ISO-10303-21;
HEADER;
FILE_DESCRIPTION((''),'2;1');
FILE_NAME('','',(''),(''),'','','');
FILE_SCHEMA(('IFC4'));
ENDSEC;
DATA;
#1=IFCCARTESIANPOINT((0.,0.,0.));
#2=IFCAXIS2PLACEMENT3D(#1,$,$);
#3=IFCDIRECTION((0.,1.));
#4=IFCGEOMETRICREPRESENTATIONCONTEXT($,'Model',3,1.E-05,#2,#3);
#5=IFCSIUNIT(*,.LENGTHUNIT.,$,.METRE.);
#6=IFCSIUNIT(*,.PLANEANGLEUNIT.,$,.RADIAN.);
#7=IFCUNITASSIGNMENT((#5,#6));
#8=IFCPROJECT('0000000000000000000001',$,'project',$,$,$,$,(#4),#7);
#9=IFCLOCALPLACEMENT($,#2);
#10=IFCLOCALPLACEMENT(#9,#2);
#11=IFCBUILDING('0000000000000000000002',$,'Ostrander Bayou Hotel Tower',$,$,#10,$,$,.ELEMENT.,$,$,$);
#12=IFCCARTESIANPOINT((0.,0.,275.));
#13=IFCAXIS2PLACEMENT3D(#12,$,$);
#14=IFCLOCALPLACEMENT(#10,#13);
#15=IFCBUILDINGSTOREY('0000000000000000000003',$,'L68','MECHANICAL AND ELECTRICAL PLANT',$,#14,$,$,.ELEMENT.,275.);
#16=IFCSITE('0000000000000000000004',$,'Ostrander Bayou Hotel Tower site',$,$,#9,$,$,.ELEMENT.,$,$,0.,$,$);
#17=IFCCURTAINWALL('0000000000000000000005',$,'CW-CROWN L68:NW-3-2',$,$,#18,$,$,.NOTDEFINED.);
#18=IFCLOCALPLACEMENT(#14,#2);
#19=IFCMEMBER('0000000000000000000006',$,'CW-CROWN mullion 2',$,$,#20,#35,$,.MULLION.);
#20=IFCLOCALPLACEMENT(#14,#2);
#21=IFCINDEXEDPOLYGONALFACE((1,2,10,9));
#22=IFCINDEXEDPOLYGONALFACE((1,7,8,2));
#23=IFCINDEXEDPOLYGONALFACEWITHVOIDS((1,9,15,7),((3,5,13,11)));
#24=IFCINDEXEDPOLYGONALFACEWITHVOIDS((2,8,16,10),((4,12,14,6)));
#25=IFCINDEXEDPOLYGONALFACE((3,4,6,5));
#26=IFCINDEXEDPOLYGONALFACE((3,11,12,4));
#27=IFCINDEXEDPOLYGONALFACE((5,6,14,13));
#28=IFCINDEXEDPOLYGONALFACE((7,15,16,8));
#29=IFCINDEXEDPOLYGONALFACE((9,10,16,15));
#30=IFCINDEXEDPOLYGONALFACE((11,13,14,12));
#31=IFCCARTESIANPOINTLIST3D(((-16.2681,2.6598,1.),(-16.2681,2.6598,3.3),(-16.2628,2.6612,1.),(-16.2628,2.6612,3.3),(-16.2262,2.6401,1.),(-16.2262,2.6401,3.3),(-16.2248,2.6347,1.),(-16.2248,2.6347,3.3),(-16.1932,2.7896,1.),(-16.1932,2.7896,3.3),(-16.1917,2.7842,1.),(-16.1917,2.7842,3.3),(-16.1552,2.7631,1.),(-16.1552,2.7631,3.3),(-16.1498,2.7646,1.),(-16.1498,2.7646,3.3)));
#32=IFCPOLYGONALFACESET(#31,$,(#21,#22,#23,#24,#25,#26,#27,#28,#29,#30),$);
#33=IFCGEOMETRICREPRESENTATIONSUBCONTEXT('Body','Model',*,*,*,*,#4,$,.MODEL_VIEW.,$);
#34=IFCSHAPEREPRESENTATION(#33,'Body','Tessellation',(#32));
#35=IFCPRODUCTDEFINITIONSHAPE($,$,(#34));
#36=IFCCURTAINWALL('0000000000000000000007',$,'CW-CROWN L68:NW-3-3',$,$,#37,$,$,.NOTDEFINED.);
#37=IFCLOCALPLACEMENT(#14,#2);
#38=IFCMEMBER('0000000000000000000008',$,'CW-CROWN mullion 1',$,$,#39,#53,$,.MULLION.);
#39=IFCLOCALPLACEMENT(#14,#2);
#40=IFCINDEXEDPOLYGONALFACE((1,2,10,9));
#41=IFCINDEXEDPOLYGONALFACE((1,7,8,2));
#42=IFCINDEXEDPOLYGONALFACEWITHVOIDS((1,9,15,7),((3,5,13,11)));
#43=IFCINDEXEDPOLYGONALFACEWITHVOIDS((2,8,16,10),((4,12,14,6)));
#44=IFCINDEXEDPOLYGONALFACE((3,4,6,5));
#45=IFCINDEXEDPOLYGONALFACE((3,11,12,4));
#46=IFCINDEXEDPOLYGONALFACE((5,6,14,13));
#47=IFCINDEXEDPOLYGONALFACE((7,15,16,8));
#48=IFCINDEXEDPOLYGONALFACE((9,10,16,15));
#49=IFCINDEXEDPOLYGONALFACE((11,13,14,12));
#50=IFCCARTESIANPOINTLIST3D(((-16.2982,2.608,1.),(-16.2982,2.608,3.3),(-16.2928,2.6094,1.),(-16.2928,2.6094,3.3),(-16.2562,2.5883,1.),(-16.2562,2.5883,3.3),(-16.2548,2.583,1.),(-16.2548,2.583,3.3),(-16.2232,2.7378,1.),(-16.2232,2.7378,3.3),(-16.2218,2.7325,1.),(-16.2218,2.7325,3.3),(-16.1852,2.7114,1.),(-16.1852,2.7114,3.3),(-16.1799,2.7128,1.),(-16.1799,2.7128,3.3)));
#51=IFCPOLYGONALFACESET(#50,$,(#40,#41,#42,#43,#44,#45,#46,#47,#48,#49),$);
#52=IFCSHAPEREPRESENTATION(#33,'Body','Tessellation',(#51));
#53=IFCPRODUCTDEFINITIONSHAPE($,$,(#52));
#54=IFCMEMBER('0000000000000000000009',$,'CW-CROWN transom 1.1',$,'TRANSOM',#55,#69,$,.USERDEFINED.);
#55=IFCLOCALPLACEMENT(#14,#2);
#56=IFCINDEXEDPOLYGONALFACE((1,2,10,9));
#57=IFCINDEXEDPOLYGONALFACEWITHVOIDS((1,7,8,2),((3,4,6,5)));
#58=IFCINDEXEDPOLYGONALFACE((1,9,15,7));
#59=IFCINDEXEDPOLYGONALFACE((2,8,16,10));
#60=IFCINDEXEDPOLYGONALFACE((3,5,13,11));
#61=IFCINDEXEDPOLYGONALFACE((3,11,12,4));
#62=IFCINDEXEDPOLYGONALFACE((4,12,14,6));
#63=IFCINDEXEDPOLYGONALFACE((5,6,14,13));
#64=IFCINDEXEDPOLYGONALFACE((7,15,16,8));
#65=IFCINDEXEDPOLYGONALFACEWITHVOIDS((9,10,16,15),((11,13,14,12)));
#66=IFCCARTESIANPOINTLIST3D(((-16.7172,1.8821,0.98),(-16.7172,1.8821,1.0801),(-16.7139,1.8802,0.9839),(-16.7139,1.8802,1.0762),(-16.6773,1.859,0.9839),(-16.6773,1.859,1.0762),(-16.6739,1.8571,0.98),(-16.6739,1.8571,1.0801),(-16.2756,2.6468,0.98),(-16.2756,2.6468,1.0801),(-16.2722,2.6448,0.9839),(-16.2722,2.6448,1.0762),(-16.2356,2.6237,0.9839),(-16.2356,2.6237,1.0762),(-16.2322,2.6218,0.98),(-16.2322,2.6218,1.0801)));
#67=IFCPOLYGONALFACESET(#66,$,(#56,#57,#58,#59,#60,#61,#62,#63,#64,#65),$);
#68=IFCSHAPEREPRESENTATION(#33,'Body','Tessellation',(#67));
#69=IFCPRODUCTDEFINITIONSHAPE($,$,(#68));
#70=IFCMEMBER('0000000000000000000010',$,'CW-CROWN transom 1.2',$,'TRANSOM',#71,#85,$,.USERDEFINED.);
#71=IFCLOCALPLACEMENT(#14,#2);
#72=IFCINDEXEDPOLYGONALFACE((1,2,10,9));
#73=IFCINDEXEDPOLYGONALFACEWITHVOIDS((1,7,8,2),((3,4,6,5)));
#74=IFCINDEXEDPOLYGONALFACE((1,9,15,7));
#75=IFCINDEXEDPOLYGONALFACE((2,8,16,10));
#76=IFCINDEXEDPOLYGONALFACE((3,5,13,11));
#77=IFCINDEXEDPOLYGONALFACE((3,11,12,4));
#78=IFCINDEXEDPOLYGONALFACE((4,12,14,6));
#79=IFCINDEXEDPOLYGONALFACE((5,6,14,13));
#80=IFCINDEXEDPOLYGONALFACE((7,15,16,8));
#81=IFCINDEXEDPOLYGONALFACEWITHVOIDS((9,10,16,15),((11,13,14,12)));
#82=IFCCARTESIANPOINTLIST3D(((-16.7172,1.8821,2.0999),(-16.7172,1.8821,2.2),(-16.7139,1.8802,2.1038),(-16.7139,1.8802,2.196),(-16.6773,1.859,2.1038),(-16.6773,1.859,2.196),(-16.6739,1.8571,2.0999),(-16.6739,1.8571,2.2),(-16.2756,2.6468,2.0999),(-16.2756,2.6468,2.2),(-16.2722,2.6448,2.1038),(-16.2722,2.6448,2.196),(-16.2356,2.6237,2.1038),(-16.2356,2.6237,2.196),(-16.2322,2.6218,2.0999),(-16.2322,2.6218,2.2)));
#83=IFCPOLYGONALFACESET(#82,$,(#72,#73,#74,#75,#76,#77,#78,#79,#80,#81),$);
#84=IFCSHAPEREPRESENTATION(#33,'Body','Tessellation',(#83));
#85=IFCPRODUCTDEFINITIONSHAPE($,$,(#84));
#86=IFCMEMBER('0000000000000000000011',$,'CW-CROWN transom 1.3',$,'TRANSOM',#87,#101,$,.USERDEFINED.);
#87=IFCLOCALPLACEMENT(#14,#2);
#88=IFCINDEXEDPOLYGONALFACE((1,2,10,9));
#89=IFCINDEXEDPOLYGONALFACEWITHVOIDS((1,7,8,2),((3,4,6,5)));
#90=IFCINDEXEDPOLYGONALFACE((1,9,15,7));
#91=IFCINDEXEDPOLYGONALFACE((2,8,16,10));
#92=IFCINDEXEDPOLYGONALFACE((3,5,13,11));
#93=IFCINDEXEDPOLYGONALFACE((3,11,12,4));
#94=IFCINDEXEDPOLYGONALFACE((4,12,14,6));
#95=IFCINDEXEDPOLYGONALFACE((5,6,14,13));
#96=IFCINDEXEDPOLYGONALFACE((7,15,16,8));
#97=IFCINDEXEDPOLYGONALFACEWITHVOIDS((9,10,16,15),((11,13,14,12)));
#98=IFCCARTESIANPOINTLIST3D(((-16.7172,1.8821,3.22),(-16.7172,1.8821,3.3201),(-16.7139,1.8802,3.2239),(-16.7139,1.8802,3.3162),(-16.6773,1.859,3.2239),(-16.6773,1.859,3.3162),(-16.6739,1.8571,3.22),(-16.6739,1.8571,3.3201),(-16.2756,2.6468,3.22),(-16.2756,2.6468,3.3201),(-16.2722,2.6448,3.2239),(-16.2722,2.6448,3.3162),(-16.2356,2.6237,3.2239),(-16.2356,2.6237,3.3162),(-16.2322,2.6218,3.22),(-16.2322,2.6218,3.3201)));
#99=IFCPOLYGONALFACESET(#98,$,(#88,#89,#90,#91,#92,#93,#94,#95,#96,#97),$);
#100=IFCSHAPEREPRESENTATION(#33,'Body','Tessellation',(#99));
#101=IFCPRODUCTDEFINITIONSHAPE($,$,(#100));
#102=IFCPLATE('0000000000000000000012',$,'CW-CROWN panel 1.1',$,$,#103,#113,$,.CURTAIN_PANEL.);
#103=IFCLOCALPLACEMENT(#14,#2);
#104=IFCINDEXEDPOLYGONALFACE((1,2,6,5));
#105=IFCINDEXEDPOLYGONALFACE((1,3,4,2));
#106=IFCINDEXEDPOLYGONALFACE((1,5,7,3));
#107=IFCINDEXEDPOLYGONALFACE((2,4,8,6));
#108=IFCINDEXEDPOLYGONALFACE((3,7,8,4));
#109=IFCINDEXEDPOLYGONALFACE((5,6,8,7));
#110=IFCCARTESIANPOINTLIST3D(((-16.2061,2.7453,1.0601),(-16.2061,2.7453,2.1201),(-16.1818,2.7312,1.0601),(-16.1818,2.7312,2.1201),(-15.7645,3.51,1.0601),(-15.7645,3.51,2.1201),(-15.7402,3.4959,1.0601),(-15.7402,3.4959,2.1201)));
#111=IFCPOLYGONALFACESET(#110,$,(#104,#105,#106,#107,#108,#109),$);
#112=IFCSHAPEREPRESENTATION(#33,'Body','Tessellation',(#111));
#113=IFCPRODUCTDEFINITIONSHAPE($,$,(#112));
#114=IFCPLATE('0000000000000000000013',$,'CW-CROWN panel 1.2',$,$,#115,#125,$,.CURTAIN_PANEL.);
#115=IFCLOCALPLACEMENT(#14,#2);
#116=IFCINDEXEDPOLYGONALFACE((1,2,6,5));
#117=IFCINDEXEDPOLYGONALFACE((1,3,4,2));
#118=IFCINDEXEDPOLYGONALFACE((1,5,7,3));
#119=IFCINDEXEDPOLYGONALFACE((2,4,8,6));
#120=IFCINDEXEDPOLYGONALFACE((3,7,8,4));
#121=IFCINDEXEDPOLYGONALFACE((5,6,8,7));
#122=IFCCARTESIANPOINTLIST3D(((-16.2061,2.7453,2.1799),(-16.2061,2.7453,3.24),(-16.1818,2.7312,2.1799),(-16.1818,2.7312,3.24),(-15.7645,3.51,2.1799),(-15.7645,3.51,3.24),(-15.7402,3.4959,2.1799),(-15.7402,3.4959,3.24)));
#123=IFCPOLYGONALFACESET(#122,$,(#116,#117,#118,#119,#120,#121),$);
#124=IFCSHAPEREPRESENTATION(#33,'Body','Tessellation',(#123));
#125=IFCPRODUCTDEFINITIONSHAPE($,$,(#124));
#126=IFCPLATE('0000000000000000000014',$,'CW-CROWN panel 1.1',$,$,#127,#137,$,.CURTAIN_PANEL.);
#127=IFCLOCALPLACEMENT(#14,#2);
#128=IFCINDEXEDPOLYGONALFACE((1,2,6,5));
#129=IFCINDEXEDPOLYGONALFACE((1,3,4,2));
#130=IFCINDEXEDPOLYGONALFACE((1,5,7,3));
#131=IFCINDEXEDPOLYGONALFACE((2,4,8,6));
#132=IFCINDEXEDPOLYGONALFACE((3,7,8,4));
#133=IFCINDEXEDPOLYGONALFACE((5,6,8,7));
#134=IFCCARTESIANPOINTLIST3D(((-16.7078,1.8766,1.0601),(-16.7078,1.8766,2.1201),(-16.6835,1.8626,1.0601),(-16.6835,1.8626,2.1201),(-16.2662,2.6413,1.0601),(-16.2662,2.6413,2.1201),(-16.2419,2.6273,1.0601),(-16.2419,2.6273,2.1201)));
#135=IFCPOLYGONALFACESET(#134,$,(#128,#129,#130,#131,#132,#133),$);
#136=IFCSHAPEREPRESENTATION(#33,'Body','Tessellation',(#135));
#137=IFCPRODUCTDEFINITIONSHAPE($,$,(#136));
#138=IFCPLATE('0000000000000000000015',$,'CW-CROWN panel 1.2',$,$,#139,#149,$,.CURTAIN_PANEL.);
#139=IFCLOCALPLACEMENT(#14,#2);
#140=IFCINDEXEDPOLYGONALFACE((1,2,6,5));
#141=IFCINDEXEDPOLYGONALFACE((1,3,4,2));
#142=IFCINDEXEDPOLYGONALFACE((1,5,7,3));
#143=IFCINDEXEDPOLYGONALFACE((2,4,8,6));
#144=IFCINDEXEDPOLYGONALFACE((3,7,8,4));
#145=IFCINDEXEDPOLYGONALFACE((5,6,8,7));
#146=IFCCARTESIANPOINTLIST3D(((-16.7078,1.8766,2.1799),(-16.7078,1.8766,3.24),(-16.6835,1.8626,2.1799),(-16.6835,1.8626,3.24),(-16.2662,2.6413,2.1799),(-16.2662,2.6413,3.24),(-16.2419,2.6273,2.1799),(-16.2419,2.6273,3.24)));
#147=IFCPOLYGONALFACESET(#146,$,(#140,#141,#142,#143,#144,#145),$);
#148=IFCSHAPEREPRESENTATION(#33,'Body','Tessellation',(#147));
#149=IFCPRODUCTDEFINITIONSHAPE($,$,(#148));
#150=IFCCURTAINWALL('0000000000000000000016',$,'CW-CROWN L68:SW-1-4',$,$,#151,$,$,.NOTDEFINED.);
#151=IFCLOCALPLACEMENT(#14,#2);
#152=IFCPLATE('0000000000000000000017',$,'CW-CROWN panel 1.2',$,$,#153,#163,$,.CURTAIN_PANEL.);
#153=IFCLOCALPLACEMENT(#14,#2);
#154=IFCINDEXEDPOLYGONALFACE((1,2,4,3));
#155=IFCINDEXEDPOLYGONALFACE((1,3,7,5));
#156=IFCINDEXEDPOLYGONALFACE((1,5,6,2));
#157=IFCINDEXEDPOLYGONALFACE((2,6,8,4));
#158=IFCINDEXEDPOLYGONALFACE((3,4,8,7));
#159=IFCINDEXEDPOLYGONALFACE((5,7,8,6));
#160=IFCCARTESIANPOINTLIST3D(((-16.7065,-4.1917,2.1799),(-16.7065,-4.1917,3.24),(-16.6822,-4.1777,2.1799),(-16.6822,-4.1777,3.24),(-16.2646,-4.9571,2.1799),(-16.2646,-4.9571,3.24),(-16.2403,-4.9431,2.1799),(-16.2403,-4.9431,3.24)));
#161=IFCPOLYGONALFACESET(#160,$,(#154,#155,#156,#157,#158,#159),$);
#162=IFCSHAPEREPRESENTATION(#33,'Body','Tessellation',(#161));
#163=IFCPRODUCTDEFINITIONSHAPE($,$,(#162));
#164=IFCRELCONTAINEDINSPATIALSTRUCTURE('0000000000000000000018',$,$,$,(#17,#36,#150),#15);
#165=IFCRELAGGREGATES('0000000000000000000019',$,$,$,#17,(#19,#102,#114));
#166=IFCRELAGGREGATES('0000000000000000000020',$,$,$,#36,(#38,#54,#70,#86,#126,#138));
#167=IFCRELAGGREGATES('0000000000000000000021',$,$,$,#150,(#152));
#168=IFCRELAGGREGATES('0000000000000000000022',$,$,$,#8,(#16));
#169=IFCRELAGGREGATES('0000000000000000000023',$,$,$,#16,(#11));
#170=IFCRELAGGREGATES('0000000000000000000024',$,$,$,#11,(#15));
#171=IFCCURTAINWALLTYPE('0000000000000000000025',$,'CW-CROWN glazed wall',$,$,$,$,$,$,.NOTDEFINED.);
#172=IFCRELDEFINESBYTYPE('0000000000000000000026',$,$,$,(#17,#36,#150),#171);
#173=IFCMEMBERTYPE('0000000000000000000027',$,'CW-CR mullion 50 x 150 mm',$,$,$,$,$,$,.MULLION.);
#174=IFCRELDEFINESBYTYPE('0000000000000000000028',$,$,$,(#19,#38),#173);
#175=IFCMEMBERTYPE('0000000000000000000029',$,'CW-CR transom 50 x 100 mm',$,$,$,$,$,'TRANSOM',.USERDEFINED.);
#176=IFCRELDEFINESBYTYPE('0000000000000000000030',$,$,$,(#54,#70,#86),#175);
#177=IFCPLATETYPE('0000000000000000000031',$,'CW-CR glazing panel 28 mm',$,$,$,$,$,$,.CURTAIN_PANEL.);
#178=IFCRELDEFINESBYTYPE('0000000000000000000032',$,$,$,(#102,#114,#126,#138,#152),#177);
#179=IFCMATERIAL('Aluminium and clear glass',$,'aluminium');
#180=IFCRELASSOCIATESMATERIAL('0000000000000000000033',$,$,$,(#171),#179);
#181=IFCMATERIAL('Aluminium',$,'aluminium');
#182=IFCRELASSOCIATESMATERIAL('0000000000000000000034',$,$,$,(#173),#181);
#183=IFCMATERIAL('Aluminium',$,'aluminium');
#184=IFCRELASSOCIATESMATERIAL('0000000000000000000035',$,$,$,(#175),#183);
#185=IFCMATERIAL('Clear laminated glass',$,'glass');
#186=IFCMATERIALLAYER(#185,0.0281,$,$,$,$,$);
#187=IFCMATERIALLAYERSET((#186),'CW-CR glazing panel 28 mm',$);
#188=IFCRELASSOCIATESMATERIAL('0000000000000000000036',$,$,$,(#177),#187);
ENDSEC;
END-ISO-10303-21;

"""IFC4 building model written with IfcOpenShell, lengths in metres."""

from ifc_helpers import new_model, si_unit, direction, frame, origin, origin_2d, place, context, subcontext, project, spatial, rectangle, hollow_rectangle, extrude, material, layer, layer_set, material_profile, profile_set, type_object, element, aggregate, save


model = new_model("IFC4")

# Units and contexts
model_context = context("Model", 3, precision=1e-05, world=origin(), true_north=direction((0.0, 1.0)))
body_context = subcontext(model_context, "Body", "Model", "MODEL_VIEW")
ifc_project = project(units=[si_unit("LENGTHUNIT", "METRE"), si_unit("PLANEANGLEUNIT", "RADIAN")], contexts=[model_context])

# Site, building, storey
site_placement = place(None, origin())
site = spatial("IfcSite", under=ifc_project, at=site_placement, Name="Ostrander Bayou Hotel Tower site", CompositionType="ELEMENT", RefElevation=0.0)
building_placement = place(site_placement, origin())
building = spatial("IfcBuilding", under=site, at=building_placement, Name="Ostrander Bayou Hotel Tower", CompositionType="ELEMENT")
storey_placement = place(building_placement, frame((0.0, 0.0, 275.0)))
storey = spatial("IfcBuildingStorey", under=building, at=storey_placement, Name="L68", Description="MECHANICAL AND ELECTRICAL PLANT", CompositionType="ELEMENT", Elevation=275.0)

# Curtain wall, member
ifc_material_1 = material(Name="Aluminium and clear glass", Category="aluminium")
curtain_wall_type = type_object("IfcCurtainWallType", Name="CW-CROWN glazed wall", PredefinedType="NOTDEFINED", material=ifc_material_1)
curtain_wall_1_placement = place(storey_placement, origin())
curtain_wall_1 = element("IfcCurtainWall", 1, at=curtain_wall_1_placement, inside=storey, type_object=curtain_wall_type, Name="CW-CROWN L68:NW-3-2", PredefinedType="NOTDEFINED")
ifc_material_2 = material(Name="Aluminium", Category="aluminium")
ifc_material_profile_1 = material_profile(ifc_material_2, hollow_rectangle(XDim=0.05, YDim=0.1499, WallThickness=0.0039, at=origin_2d()))
ifc_profile_set_1 = profile_set([ifc_material_profile_1], Name="Aluminium")
member_type_1 = type_object("IfcMemberType", Name="CW-CR mullion 50 x 150 mm", PredefinedType="MULLION", material=ifc_profile_set_1)
member_1_placement = place(storey_placement, frame((-16.209, 2.7122, 1.0), z_axis=(0.0, 0.0, 1.0), x_axis=(0.866001, -0.500042, 0.0)))
member_1 = element("IfcMember", 2, at=member_1_placement, type_object=member_type_1, Name="CW-CROWN mullion 2", PredefinedType="MULLION", context=body_context, shape_type="SweptSolid", body=[
    extrude(hollow_rectangle(XDim=0.05, YDim=0.1499, WallThickness=0.0039, at=origin_2d()), origin(), (0.0, 0.0, 1.0), 2.3),
])

# Curtain wall, members
curtain_wall_2_placement = place(storey_placement, origin())
curtain_wall_2 = element("IfcCurtainWall", 3, at=curtain_wall_2_placement, inside=storey, type_object=curtain_wall_type, Name="CW-CROWN L68:NW-3-3", PredefinedType="NOTDEFINED")
member_2_placement = place(storey_placement, frame((-16.239, 2.6604, 1.0), z_axis=(0.0, 0.0, 1.0), x_axis=(0.86602, -0.50001, 0.0)))
member_2 = element("IfcMember", 4, at=member_2_placement, type_object=member_type_1, Name="CW-CROWN mullion 1", PredefinedType="MULLION", context=body_context, shape_type="SweptSolid", body=[
    extrude(hollow_rectangle(XDim=0.05, YDim=0.1499, WallThickness=0.0039, at=origin_2d()), origin(), (0.0, 0.0, 1.0), 2.3),
])
ifc_material_3 = material(Name="Aluminium", Category="aluminium")
ifc_material_profile_2 = material_profile(ifc_material_3, hollow_rectangle(XDim=0.05, YDim=0.1001, WallThickness=0.0039, at=origin_2d()))
ifc_profile_set_2 = profile_set([ifc_material_profile_2], Name="Aluminium")
member_type_2 = type_object("IfcMemberType", Name="CW-CR transom 50 x 100 mm", ElementType="TRANSOM", PredefinedType="USERDEFINED", material=ifc_profile_set_2)
member_3_placement = place(storey_placement, frame((-16.2539, 2.6343, 1.03), z_axis=(-0.500153, -0.865937, 0.0), x_axis=(0.865937, -0.500153, 0.0)))
member_3 = element("IfcMember", 5, at=member_3_placement, type_object=member_type_2, Name="CW-CROWN transom 1.1", ObjectType="TRANSOM", PredefinedType="USERDEFINED", context=body_context, shape_type="SweptSolid", body=[
    extrude(hollow_rectangle(XDim=0.05, YDim=0.1001, WallThickness=0.0039, at=origin_2d()), origin(), (0.0, 0.0, 1.0), 0.8831),
])
member_4_placement = place(storey_placement, frame((-16.2539, 2.6343, 2.1499), z_axis=(-0.500153, -0.865937, 0.0), x_axis=(0.865937, -0.500153, 0.0)))
member_4 = element("IfcMember", 6, at=member_4_placement, type_object=member_type_2, Name="CW-CROWN transom 1.2", ObjectType="TRANSOM", PredefinedType="USERDEFINED", context=body_context, shape_type="SweptSolid", body=[
    extrude(hollow_rectangle(XDim=0.05, YDim=0.1001, WallThickness=0.0039, at=origin_2d()), origin(), (0.0, 0.0, 1.0), 0.8831),
])
member_5_placement = place(storey_placement, frame((-16.2539, 2.6343, 3.27), z_axis=(-0.500153, -0.865937, 0.0), x_axis=(0.865937, -0.500153, 0.0)))
member_5 = element("IfcMember", 7, at=member_5_placement, type_object=member_type_2, Name="CW-CROWN transom 1.3", ObjectType="TRANSOM", PredefinedType="USERDEFINED", context=body_context, shape_type="SweptSolid", body=[
    extrude(hollow_rectangle(XDim=0.05, YDim=0.1001, WallThickness=0.0039, at=origin_2d()), origin(), (0.0, 0.0, 1.0), 0.8831),
])

# Plates
ifc_material_4 = material(Name="Clear laminated glass", Category="glass")
ifc_layer_1 = layer(ifc_material_4, 0.0281)
ifc_layer_set_1 = layer_set([ifc_layer_1], Name="CW-CR glazing panel 28 mm")
plate_type = type_object("IfcPlateType", Name="CW-CR glazing panel 28 mm", PredefinedType="CURTAIN_PANEL", material=ifc_layer_set_1)
plate_1_placement = place(storey_placement, frame((-15.9731, 3.1206, 1.0601), z_axis=(0.0, 0.0, 1.0), x_axis=(-0.500042, -0.866001, 0.0)))
plate_1 = element("IfcPlate", 8, at=plate_1_placement, type_object=plate_type, Name="CW-CROWN panel 1.1", PredefinedType="CURTAIN_PANEL", context=body_context, shape_type="SweptSolid", body=[
    extrude(rectangle(XDim=0.8831, YDim=0.0281, at=origin_2d()), origin(), (0.0, 0.0, 1.0), 1.0601),
])
plate_2_placement = place(storey_placement, frame((-15.9731, 3.1206, 2.1799), z_axis=(0.0, 0.0, 1.0), x_axis=(-0.500042, -0.866001, 0.0)))
plate_2 = element("IfcPlate", 9, at=plate_2_placement, type_object=plate_type, Name="CW-CROWN panel 1.2", PredefinedType="CURTAIN_PANEL", context=body_context, shape_type="SweptSolid", body=[
    extrude(rectangle(XDim=0.8831, YDim=0.0281, at=origin_2d()), origin(), (0.0, 0.0, 1.0), 1.0601),
])
aggregate(curtain_wall_1, [member_1, plate_1, plate_2])
plate_3_placement = place(storey_placement, frame((-16.4749, 2.252, 1.0601), z_axis=(0.0, 0.0, 1.0), x_axis=(-0.50001, -0.86602, 0.0)))
plate_3 = element("IfcPlate", 10, at=plate_3_placement, type_object=plate_type, Name="CW-CROWN panel 1.1", PredefinedType="CURTAIN_PANEL", context=body_context, shape_type="SweptSolid", body=[
    extrude(rectangle(XDim=0.8831, YDim=0.0281, at=origin_2d()), origin(), (0.0, 0.0, 1.0), 1.0601),
])
plate_4_placement = place(storey_placement, frame((-16.4749, 2.252, 2.1799), z_axis=(0.0, 0.0, 1.0), x_axis=(-0.50001, -0.86602, 0.0)))
plate_4 = element("IfcPlate", 11, at=plate_4_placement, type_object=plate_type, Name="CW-CROWN panel 1.2", PredefinedType="CURTAIN_PANEL", context=body_context, shape_type="SweptSolid", body=[
    extrude(rectangle(XDim=0.8831, YDim=0.0281, at=origin_2d()), origin(), (0.0, 0.0, 1.0), 1.0601),
])
aggregate(curtain_wall_2, [member_2, member_3, member_4, member_5, plate_3, plate_4])

# Curtain wall, plate
curtain_wall_3_placement = place(storey_placement, origin())
curtain_wall_3 = element("IfcCurtainWall", 12, at=curtain_wall_3_placement, inside=storey, type_object=curtain_wall_type, Name="CW-CROWN L68:SW-1-4", PredefinedType="NOTDEFINED")
plate_5_placement = place(storey_placement, frame((-16.4734, -4.5674, 2.1799), z_axis=(0.0, 0.0, 1.0), x_axis=(0.500007, -0.866021, 0.0)))
plate_5 = element("IfcPlate", 13, at=plate_5_placement, type_object=plate_type, Name="CW-CROWN panel 1.2", PredefinedType="CURTAIN_PANEL", context=body_context, shape_type="SweptSolid", body=[
    extrude(rectangle(XDim=0.8838, YDim=0.0281, at=origin_2d()), origin(), (0.0, 0.0, 1.0), 1.0601),
])
aggregate(curtain_wall_3, [plate_5])

save(model, "model.ifc")
